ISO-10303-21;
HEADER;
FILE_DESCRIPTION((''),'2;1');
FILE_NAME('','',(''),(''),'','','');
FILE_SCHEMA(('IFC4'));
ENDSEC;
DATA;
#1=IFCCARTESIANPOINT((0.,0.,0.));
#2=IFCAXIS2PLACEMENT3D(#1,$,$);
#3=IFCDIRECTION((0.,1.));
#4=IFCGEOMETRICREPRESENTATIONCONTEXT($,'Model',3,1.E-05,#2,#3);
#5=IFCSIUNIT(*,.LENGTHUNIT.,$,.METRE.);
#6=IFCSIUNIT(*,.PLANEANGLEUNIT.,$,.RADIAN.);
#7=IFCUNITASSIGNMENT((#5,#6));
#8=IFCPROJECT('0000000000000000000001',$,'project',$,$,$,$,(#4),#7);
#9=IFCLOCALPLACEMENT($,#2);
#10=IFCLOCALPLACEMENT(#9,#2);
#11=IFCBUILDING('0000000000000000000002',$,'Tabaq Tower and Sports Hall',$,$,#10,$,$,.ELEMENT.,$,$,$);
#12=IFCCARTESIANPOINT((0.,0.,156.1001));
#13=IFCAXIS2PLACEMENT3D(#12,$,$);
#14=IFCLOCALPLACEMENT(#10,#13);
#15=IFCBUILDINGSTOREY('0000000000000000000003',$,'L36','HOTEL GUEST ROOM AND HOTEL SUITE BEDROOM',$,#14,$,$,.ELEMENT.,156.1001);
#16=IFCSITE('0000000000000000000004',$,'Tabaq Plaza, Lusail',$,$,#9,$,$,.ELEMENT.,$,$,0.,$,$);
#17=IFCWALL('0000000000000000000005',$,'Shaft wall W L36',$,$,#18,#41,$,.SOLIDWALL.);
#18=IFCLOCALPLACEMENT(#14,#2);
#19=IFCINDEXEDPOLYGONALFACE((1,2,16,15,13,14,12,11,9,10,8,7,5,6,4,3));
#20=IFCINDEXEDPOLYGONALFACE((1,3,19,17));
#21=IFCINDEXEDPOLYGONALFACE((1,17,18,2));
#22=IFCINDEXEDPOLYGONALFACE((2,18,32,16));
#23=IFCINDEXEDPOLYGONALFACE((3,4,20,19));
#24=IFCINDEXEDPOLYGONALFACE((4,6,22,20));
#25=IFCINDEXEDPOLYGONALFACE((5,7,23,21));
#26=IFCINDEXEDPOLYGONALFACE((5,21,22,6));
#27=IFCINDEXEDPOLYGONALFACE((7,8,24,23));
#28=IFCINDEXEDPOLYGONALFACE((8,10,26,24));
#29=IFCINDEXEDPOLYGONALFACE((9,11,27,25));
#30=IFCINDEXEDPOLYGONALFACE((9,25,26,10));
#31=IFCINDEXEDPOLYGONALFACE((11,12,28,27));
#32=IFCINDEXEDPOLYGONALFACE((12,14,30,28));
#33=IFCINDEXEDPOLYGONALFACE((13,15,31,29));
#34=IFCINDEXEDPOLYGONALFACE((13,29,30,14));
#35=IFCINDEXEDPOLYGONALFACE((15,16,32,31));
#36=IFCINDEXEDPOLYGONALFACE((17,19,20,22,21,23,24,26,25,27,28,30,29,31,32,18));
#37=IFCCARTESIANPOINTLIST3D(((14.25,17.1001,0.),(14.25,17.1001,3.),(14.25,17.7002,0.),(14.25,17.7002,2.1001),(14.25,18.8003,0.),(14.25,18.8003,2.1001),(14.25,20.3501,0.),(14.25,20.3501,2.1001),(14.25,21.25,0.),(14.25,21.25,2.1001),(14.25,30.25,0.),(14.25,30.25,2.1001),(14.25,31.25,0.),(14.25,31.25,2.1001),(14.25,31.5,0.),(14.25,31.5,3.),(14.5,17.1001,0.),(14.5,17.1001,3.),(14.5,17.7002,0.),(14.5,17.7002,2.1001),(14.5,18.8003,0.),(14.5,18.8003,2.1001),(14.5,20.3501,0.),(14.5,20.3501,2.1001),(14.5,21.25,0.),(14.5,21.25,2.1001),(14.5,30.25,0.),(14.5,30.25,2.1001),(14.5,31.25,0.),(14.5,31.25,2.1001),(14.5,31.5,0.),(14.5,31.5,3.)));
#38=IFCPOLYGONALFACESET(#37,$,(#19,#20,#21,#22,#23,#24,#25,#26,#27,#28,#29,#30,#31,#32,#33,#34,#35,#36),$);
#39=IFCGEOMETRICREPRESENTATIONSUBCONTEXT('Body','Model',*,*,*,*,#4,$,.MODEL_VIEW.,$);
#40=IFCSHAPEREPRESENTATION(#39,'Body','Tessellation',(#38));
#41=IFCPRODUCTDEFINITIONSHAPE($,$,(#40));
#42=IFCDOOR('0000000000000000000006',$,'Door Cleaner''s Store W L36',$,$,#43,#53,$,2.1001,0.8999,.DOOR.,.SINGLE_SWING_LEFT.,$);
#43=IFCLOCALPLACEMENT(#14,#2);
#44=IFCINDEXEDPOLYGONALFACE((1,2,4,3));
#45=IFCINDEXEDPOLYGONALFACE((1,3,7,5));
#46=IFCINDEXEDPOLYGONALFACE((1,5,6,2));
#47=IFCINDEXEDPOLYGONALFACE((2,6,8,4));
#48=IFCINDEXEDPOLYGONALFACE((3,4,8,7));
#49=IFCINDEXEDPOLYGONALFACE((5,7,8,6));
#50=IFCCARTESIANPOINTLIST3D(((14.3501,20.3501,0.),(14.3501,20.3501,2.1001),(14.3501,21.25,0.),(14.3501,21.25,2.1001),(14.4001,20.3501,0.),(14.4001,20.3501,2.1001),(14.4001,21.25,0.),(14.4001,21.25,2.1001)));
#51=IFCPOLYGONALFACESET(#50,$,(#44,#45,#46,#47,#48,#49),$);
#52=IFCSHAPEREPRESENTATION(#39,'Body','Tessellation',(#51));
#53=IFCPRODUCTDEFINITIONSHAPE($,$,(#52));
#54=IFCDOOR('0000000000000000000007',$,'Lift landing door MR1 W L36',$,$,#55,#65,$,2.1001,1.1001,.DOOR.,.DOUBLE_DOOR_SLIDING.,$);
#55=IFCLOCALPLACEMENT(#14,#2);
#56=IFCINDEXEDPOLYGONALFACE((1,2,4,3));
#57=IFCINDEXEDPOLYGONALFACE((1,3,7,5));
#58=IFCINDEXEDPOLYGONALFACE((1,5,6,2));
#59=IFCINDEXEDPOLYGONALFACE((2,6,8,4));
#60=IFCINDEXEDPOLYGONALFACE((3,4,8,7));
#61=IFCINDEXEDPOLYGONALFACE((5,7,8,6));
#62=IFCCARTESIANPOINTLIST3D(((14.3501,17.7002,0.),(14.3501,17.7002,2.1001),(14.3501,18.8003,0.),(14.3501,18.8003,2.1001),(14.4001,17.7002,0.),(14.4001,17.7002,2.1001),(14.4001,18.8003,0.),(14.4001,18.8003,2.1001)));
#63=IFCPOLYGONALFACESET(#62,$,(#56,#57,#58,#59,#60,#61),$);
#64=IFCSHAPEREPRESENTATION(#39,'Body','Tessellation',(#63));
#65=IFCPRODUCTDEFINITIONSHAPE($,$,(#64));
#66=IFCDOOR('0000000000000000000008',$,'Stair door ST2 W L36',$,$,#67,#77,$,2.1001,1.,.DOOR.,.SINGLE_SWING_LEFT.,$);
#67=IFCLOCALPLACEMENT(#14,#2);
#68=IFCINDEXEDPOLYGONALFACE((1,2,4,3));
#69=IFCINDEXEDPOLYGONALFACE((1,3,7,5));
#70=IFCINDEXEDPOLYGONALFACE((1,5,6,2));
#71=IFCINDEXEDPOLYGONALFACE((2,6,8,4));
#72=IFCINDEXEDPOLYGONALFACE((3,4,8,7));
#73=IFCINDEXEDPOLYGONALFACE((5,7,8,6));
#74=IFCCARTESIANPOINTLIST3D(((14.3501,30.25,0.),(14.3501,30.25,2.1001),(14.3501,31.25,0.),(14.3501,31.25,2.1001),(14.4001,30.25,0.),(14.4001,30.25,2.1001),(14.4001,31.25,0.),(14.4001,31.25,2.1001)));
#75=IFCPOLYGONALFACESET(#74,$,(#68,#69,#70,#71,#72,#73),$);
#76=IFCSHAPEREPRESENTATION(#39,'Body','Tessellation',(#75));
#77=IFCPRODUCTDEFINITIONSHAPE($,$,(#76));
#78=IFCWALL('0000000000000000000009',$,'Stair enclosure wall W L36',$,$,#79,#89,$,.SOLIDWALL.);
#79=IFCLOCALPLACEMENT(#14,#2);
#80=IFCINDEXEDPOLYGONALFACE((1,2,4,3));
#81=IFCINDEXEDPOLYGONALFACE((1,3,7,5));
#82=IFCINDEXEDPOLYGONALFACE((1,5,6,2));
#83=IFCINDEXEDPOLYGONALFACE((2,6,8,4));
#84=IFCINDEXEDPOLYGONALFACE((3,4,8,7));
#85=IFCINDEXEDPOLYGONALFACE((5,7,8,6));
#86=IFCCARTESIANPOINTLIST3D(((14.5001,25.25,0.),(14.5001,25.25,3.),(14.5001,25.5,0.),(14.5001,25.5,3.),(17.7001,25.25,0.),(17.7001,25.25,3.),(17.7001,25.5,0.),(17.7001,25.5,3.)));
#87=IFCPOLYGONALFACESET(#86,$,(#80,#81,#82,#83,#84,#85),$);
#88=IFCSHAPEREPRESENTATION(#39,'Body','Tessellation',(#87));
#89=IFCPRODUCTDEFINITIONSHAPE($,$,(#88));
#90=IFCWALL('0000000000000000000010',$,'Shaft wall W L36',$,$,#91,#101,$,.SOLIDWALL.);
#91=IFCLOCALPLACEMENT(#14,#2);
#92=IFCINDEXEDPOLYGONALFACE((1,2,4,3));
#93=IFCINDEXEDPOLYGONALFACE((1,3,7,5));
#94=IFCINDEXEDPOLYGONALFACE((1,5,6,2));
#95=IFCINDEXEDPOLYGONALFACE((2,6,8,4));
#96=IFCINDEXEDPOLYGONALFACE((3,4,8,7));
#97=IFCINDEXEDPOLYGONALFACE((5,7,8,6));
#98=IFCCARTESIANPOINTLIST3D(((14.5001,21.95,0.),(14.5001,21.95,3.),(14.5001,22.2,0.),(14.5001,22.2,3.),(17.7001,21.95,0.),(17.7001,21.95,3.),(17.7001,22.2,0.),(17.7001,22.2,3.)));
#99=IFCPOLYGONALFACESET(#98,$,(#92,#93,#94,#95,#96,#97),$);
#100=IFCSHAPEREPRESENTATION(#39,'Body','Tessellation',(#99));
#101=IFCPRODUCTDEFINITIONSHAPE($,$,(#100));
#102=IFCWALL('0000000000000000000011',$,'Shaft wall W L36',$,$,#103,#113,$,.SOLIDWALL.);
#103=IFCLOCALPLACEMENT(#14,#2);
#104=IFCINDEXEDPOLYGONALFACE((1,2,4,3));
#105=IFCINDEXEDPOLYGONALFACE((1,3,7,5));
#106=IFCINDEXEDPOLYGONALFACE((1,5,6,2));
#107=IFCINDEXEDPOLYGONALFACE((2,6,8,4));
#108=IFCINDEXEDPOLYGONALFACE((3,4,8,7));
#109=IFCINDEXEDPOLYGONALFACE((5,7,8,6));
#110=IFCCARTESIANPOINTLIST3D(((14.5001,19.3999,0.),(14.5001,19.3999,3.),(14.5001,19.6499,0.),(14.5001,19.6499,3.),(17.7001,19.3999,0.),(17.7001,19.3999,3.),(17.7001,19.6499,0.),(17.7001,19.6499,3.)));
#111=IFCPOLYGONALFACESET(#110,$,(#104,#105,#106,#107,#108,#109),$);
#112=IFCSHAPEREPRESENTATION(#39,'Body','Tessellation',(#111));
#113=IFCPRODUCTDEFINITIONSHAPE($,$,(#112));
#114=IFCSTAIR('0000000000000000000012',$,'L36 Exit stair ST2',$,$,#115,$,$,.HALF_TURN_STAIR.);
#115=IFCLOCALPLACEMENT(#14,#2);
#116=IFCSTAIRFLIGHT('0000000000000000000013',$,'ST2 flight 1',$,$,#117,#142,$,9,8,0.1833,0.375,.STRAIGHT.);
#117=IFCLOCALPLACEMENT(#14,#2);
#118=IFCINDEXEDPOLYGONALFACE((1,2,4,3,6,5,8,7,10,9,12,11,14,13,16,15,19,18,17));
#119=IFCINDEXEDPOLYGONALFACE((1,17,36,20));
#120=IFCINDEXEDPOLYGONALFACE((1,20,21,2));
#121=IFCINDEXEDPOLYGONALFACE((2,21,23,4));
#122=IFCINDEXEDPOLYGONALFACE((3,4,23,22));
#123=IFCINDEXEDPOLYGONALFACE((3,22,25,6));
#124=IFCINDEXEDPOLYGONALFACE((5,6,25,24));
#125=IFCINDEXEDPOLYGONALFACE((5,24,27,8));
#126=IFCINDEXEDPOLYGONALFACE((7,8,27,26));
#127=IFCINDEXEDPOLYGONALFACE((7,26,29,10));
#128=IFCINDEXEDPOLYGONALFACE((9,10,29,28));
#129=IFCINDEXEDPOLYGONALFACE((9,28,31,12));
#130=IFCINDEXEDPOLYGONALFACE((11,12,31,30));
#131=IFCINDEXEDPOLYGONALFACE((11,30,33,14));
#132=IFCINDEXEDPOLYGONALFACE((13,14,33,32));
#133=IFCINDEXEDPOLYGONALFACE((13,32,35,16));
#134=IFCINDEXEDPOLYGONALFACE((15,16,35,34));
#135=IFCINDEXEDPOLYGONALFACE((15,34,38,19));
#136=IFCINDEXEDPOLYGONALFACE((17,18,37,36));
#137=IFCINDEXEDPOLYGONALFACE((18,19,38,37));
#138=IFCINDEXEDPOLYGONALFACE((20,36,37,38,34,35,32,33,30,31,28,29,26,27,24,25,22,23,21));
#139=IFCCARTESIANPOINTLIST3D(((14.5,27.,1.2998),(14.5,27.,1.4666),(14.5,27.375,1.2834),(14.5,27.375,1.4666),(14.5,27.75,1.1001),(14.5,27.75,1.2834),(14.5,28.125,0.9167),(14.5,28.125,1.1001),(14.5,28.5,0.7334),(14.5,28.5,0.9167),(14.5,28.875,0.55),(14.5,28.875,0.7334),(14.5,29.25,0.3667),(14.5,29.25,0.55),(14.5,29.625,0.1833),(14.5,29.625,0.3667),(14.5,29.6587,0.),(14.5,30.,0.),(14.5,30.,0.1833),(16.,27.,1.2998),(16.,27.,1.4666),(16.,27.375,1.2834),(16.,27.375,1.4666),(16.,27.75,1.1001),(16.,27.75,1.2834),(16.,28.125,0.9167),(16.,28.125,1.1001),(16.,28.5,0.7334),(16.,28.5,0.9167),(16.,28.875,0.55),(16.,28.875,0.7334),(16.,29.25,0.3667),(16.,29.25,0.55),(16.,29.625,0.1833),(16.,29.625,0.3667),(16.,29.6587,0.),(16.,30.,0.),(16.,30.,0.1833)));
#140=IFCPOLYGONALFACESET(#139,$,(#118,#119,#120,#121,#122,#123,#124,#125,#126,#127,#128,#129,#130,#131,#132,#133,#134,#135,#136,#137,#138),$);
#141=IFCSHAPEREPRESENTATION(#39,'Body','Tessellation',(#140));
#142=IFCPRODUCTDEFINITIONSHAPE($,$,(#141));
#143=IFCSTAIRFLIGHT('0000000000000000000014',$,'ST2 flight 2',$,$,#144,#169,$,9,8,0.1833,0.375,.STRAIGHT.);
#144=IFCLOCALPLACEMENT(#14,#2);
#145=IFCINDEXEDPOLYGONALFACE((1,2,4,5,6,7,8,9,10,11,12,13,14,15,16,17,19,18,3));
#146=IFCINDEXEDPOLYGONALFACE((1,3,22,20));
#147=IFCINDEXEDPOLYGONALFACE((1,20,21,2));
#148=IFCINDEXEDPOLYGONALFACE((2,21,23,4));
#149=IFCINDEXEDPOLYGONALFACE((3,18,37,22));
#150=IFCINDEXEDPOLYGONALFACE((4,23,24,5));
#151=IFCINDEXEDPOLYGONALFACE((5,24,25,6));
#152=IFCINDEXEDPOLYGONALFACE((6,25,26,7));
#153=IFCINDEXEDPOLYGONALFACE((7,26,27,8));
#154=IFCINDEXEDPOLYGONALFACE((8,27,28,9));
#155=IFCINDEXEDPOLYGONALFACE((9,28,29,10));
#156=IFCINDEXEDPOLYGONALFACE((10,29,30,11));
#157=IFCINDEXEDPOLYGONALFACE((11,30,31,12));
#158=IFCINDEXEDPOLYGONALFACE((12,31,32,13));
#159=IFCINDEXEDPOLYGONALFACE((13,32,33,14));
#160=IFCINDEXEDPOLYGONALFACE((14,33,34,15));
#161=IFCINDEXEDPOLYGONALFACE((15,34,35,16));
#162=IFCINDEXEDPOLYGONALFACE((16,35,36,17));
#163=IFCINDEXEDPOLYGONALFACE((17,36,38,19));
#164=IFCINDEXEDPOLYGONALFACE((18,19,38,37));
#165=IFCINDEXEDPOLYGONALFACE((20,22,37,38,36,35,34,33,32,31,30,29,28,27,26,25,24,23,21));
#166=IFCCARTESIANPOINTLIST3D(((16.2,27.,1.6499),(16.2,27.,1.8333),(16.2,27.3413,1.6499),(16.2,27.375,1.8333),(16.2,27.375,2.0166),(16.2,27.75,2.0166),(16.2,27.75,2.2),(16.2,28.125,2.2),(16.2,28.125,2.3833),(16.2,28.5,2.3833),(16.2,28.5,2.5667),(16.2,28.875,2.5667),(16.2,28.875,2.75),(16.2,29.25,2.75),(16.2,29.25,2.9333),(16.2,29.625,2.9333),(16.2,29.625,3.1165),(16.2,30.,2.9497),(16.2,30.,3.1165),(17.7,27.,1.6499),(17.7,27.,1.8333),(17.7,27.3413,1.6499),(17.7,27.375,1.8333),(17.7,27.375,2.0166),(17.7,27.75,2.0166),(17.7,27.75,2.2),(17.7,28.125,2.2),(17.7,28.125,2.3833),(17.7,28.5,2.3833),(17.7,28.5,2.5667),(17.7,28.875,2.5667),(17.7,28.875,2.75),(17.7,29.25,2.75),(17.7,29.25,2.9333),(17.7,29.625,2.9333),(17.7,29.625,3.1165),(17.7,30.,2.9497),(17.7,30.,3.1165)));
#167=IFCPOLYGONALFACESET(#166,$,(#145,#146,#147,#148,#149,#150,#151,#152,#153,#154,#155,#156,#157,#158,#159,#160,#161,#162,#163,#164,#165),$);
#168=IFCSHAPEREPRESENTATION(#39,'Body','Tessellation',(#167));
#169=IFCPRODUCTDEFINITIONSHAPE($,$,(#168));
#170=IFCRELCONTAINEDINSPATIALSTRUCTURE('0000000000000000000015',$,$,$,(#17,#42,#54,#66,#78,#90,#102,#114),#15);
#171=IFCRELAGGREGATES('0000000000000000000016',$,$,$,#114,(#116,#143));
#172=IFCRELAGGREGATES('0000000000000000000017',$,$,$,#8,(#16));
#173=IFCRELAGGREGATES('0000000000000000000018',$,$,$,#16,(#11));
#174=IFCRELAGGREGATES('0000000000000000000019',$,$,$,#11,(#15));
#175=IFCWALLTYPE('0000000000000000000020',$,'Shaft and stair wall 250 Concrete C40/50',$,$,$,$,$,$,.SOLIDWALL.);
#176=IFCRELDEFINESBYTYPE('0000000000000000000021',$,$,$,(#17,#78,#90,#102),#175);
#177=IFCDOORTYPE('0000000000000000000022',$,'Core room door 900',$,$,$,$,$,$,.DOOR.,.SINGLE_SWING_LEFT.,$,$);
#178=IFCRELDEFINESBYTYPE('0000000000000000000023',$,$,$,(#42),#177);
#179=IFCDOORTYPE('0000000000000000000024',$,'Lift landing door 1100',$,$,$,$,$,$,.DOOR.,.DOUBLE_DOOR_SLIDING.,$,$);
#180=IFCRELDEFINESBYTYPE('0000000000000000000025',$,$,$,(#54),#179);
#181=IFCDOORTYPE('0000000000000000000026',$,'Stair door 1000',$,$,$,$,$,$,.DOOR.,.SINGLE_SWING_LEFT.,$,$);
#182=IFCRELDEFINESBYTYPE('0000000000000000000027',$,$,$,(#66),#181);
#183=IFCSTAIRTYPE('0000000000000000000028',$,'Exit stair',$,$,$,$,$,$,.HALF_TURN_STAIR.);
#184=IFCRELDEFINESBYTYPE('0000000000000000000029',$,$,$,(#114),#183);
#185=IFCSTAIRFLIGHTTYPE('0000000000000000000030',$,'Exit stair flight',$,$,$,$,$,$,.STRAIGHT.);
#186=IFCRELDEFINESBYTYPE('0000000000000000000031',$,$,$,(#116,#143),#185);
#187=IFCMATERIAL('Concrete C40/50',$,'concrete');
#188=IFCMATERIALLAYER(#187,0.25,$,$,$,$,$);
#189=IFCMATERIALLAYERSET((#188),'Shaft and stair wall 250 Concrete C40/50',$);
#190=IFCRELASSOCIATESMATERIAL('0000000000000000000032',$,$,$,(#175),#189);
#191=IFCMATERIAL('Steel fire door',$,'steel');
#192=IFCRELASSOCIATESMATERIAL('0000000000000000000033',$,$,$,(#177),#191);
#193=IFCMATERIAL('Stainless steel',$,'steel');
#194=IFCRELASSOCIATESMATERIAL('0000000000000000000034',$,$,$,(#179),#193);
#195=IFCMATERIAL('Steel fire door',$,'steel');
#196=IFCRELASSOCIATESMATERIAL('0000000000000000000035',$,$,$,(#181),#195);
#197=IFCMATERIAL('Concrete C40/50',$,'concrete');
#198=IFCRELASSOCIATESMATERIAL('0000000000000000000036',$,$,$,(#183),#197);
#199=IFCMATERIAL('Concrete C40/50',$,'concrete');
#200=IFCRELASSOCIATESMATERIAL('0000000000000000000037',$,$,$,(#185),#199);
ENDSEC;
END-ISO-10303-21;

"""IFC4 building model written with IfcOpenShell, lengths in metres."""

from ifc_helpers import new_model, si_unit, direction, frame, frame_2d, origin, place, context, subcontext, project, spatial, polyline, rectangle, outline, extrude, material, layer, layer_set, type_object, element, fill, aggregate, save


model = new_model("IFC4")

# Units and contexts
model_context = context("Model", 3, precision=1e-05, world=origin(), true_north=direction((0.0, 1.0)))
body_context = subcontext(model_context, "Body", "Model", "MODEL_VIEW")
ifc_project = project(units=[si_unit("LENGTHUNIT", "METRE"), si_unit("PLANEANGLEUNIT", "RADIAN")], contexts=[model_context])

# Site, building, storey
site_placement = place(None, origin())
site = spatial("IfcSite", under=ifc_project, at=site_placement, Name="Tabaq Plaza, Lusail", CompositionType="ELEMENT", RefElevation=0.0)
building_placement = place(site_placement, origin())
building = spatial("IfcBuilding", under=site, at=building_placement, Name="Tabaq Tower and Sports Hall", CompositionType="ELEMENT")
storey_placement = place(building_placement, frame((0.0, 0.0, 156.1001)))
storey = spatial("IfcBuildingStorey", under=building, at=storey_placement, Name="L36", Description="HOTEL GUEST ROOM AND HOTEL SUITE BEDROOM", CompositionType="ELEMENT", Elevation=156.1001)

# Wall, openings, doors
ifc_material_1 = material(Name="Concrete C40/50", Category="concrete")
ifc_layer_1 = layer(ifc_material_1, 0.25)
ifc_layer_set_1 = layer_set([ifc_layer_1], Name="Shaft and stair wall 250 Concrete C40/50")
wall_type_1 = type_object("IfcWallType", Name="Shaft and stair wall 250 Concrete C40/50", PredefinedType="SOLIDWALL", material=ifc_layer_set_1)
wall_1_placement = place(storey_placement, frame((14.375, 17.1001, 0.0), z_axis=(0.0, 0.0, 1.0), x_axis=(0.0, 1.0, 0.0)))
wall_1 = element("IfcWall", 1, at=wall_1_placement, inside=storey, type_object=wall_type_1, Name="Shaft wall W L36", PredefinedType="SOLIDWALL", context=body_context, shape_type="SweptSolid", body=[
    extrude(rectangle(XDim=14.3999, YDim=0.25, at=frame_2d((7.2, 0.0))), origin(), (0.0, 0.0, 1.0), 3.0),
])
opening_1_placement = place(wall_1_placement, frame((13.1499, 0.0, 0.0)))
opening_1 = element("IfcOpeningElement", 2, at=opening_1_placement, cuts=wall_1, PredefinedType="OPENING", context=body_context, shape_type="SweptSolid", body=[
    extrude(rectangle(XDim=1.0, YDim=2.1001, at=frame_2d((0.5, 1.05))), frame((0.0, 0.125, 0.0), z_axis=(0.0, -1.0, 0.0), x_axis=(1.0, 0.0, 0.0)), (0.0, 0.0, 1.0), 0.25),
])
opening_2_placement = place(wall_1_placement, frame((0.6001, 0.0, 0.0)))
opening_2 = element("IfcOpeningElement", 3, at=opening_2_placement, cuts=wall_1, PredefinedType="OPENING", context=body_context, shape_type="SweptSolid", body=[
    extrude(rectangle(XDim=1.1001, YDim=2.1001, at=frame_2d((0.55, 1.05))), frame((0.0, 0.125, 0.0), z_axis=(0.0, -1.0, 0.0), x_axis=(1.0, 0.0, 0.0)), (0.0, 0.0, 1.0), 0.25),
])
opening_3_placement = place(wall_1_placement, frame((3.25, 0.0, 0.0)))
opening_3 = element("IfcOpeningElement", 4, at=opening_3_placement, cuts=wall_1, PredefinedType="OPENING", context=body_context, shape_type="SweptSolid", body=[
    extrude(rectangle(XDim=0.8999, YDim=2.1001, at=frame_2d((0.45, 1.05))), frame((0.0, 0.125, 0.0), z_axis=(0.0, -1.0, 0.0), x_axis=(1.0, 0.0, 0.0)), (0.0, 0.0, 1.0), 0.25),
])
ifc_material_2 = material(Name="Steel fire door", Category="steel")
door_type_1 = type_object("IfcDoorType", Name="Core room door 900", OperationType="SINGLE_SWING_LEFT", PredefinedType="DOOR", material=ifc_material_2)
door_1_placement = place(opening_3_placement, origin())
door_1 = element("IfcDoor", 5, at=door_1_placement, inside=storey, type_object=door_type_1, Name="Door Cleaner's Store W L36", OperationType="SINGLE_SWING_LEFT", OverallHeight=2.1001, OverallWidth=0.8999, PredefinedType="DOOR", context=body_context, shape_type="SweptSolid", body=[
    extrude(rectangle(XDim=0.8999, YDim=2.1001, at=frame_2d((0.45, 1.05))), frame((0.0, 0.0249, 0.0), z_axis=(0.0, -1.0, 0.0), x_axis=(1.0, 0.0, 0.0)), (0.0, 0.0, 1.0), 0.05),
])
fill(opening_3, door_1)
ifc_material_3 = material(Name="Stainless steel", Category="steel")
door_type_2 = type_object("IfcDoorType", Name="Lift landing door 1100", OperationType="DOUBLE_DOOR_SLIDING", PredefinedType="DOOR", material=ifc_material_3)
door_2_placement = place(opening_2_placement, origin())
door_2 = element("IfcDoor", 6, at=door_2_placement, inside=storey, type_object=door_type_2, Name="Lift landing door MR1 W L36", OperationType="DOUBLE_DOOR_SLIDING", OverallHeight=2.1001, OverallWidth=1.1001, PredefinedType="DOOR", context=body_context, shape_type="SweptSolid", body=[
    extrude(rectangle(XDim=1.1001, YDim=2.1001, at=frame_2d((0.55, 1.05))), frame((0.0, 0.0249, 0.0), z_axis=(0.0, -1.0, 0.0), x_axis=(1.0, 0.0, 0.0)), (0.0, 0.0, 1.0), 0.05),
])
fill(opening_2, door_2)
ifc_material_4 = material(Name="Steel fire door", Category="steel")
door_type_3 = type_object("IfcDoorType", Name="Stair door 1000", OperationType="SINGLE_SWING_LEFT", PredefinedType="DOOR", material=ifc_material_4)
door_3_placement = place(opening_1_placement, origin())
door_3 = element("IfcDoor", 7, at=door_3_placement, inside=storey, type_object=door_type_3, Name="Stair door ST2 W L36", OperationType="SINGLE_SWING_LEFT", OverallHeight=2.1001, OverallWidth=1.0, PredefinedType="DOOR", context=body_context, shape_type="SweptSolid", body=[
    extrude(rectangle(XDim=1.0, YDim=2.1001, at=frame_2d((0.5, 1.05))), frame((0.0, 0.0249, 0.0), z_axis=(0.0, -1.0, 0.0), x_axis=(1.0, 0.0, 0.0)), (0.0, 0.0, 1.0), 0.05),
])
fill(opening_1, door_3)

# Walls
for number, where, z_axis, x_axis, name in (
    (8, (14.5, 25.375, 0.0), (0.0, 0.0, 1.0), (1.0, 0.0, 0.0), "Stair enclosure wall W L36"),
    (9, (14.5, 22.075, 0.0), (0.0, 0.0, 1.0), (1.0, 0.0, 0.0), "Shaft wall W L36"),
    (10, (14.5, 19.5249, 0.0), (0.0, 0.0, 1.0), (1.0, 0.0, 0.0), "Shaft wall W L36"),
):
    element("IfcWall", number, at=place(storey_placement, frame(where, z_axis=z_axis, x_axis=x_axis)), inside=storey, type_object=wall_type_1, Name=name, PredefinedType="SOLIDWALL", context=body_context, shape_type="SweptSolid", body=[
        extrude(rectangle(XDim=3.2, YDim=0.25, at=frame_2d((1.6001, 0.0))), origin(), (0.0, 0.0, 1.0), 3.0),
    ])

# Stair, stair flights
ifc_material_5 = material(Name="Concrete C40/50", Category="concrete")
stair_type = type_object("IfcStairType", Name="Exit stair", PredefinedType="HALF_TURN_STAIR", material=ifc_material_5)
stair_placement = place(storey_placement, origin())
stair = element("IfcStair", 11, at=stair_placement, inside=storey, type_object=stair_type, Name="L36 Exit stair ST2", PredefinedType="HALF_TURN_STAIR")
ifc_material_6 = material(Name="Concrete C40/50", Category="concrete")
stair_flight_type = type_object("IfcStairFlightType", Name="Exit stair flight", PredefinedType="STRAIGHT", material=ifc_material_6)
stair_flight_1_placement = place(storey_placement, frame((15.25, 30.0, 0.0), z_axis=(0.0, 0.0, 1.0), x_axis=(0.0, -1.0, 0.0)))
stair_flight_1 = element("IfcStairFlight", 12, at=stair_flight_1_placement, type_object=stair_flight_type, Name="ST2 flight 1", NumberOfRisers=9, NumberOfTreads=8, PredefinedType="STRAIGHT", RiserHeight=0.1833, TreadLength=0.375, context=body_context, shape_type="SweptSolid", body=[
    extrude(outline(polyline([(0.0, 0.0), (0.0, 0.1833), (0.375, 0.1833), (0.375, 0.3667), (0.75, 0.3667), (0.75, 0.55), (1.125, 0.55), (1.125, 0.7334), (1.5, 0.7334), (1.5, 0.9167), (1.875, 0.9167), (1.875, 1.1001), (2.25, 1.1001), (2.25, 1.2834), (2.625, 1.2834), (2.625, 1.4666), (3.0, 1.4666), (3.0, 1.6499), (3.0, 1.2998), (0.3413, 0.0), (0.0, 0.0)])), frame((0.0, 0.75, 0.0), z_axis=(0.0, -1.0, 0.0), x_axis=(1.0, 0.0, 0.0)), (0.0, 0.0, 1.0), 1.5),
])
stair_flight_2_placement = place(storey_placement, frame((16.95, 27.0, 1.6499), z_axis=(0.0, 0.0, 1.0), x_axis=(0.0, 1.0, 0.0)))
stair_flight_2 = element("IfcStairFlight", 13, at=stair_flight_2_placement, type_object=stair_flight_type, Name="ST2 flight 2", NumberOfRisers=9, NumberOfTreads=8, PredefinedType="STRAIGHT", RiserHeight=0.1833, TreadLength=0.375, context=body_context, shape_type="SweptSolid", body=[
    extrude(outline(polyline([(0.0, 0.0), (0.0, 0.1833), (0.375, 0.1833), (0.375, 0.3667), (0.75, 0.3667), (0.75, 0.55), (1.125, 0.55), (1.125, 0.7334), (1.5, 0.7334), (1.5, 0.9167), (1.875, 0.9167), (1.875, 1.1001), (2.25, 1.1001), (2.25, 1.2834), (2.625, 1.2834), (2.625, 1.4666), (3.0, 1.4666), (3.0, 1.6499), (3.0, 1.2998), (0.3413, 0.0), (0.0, 0.0)])), frame((0.0, 0.75, 0.0), z_axis=(0.0, -1.0, 0.0), x_axis=(1.0, 0.0, 0.0)), (0.0, 0.0, 1.0), 1.5),
])
aggregate(stair, [stair_flight_1, stair_flight_2])

save(model, "model.ifc")
